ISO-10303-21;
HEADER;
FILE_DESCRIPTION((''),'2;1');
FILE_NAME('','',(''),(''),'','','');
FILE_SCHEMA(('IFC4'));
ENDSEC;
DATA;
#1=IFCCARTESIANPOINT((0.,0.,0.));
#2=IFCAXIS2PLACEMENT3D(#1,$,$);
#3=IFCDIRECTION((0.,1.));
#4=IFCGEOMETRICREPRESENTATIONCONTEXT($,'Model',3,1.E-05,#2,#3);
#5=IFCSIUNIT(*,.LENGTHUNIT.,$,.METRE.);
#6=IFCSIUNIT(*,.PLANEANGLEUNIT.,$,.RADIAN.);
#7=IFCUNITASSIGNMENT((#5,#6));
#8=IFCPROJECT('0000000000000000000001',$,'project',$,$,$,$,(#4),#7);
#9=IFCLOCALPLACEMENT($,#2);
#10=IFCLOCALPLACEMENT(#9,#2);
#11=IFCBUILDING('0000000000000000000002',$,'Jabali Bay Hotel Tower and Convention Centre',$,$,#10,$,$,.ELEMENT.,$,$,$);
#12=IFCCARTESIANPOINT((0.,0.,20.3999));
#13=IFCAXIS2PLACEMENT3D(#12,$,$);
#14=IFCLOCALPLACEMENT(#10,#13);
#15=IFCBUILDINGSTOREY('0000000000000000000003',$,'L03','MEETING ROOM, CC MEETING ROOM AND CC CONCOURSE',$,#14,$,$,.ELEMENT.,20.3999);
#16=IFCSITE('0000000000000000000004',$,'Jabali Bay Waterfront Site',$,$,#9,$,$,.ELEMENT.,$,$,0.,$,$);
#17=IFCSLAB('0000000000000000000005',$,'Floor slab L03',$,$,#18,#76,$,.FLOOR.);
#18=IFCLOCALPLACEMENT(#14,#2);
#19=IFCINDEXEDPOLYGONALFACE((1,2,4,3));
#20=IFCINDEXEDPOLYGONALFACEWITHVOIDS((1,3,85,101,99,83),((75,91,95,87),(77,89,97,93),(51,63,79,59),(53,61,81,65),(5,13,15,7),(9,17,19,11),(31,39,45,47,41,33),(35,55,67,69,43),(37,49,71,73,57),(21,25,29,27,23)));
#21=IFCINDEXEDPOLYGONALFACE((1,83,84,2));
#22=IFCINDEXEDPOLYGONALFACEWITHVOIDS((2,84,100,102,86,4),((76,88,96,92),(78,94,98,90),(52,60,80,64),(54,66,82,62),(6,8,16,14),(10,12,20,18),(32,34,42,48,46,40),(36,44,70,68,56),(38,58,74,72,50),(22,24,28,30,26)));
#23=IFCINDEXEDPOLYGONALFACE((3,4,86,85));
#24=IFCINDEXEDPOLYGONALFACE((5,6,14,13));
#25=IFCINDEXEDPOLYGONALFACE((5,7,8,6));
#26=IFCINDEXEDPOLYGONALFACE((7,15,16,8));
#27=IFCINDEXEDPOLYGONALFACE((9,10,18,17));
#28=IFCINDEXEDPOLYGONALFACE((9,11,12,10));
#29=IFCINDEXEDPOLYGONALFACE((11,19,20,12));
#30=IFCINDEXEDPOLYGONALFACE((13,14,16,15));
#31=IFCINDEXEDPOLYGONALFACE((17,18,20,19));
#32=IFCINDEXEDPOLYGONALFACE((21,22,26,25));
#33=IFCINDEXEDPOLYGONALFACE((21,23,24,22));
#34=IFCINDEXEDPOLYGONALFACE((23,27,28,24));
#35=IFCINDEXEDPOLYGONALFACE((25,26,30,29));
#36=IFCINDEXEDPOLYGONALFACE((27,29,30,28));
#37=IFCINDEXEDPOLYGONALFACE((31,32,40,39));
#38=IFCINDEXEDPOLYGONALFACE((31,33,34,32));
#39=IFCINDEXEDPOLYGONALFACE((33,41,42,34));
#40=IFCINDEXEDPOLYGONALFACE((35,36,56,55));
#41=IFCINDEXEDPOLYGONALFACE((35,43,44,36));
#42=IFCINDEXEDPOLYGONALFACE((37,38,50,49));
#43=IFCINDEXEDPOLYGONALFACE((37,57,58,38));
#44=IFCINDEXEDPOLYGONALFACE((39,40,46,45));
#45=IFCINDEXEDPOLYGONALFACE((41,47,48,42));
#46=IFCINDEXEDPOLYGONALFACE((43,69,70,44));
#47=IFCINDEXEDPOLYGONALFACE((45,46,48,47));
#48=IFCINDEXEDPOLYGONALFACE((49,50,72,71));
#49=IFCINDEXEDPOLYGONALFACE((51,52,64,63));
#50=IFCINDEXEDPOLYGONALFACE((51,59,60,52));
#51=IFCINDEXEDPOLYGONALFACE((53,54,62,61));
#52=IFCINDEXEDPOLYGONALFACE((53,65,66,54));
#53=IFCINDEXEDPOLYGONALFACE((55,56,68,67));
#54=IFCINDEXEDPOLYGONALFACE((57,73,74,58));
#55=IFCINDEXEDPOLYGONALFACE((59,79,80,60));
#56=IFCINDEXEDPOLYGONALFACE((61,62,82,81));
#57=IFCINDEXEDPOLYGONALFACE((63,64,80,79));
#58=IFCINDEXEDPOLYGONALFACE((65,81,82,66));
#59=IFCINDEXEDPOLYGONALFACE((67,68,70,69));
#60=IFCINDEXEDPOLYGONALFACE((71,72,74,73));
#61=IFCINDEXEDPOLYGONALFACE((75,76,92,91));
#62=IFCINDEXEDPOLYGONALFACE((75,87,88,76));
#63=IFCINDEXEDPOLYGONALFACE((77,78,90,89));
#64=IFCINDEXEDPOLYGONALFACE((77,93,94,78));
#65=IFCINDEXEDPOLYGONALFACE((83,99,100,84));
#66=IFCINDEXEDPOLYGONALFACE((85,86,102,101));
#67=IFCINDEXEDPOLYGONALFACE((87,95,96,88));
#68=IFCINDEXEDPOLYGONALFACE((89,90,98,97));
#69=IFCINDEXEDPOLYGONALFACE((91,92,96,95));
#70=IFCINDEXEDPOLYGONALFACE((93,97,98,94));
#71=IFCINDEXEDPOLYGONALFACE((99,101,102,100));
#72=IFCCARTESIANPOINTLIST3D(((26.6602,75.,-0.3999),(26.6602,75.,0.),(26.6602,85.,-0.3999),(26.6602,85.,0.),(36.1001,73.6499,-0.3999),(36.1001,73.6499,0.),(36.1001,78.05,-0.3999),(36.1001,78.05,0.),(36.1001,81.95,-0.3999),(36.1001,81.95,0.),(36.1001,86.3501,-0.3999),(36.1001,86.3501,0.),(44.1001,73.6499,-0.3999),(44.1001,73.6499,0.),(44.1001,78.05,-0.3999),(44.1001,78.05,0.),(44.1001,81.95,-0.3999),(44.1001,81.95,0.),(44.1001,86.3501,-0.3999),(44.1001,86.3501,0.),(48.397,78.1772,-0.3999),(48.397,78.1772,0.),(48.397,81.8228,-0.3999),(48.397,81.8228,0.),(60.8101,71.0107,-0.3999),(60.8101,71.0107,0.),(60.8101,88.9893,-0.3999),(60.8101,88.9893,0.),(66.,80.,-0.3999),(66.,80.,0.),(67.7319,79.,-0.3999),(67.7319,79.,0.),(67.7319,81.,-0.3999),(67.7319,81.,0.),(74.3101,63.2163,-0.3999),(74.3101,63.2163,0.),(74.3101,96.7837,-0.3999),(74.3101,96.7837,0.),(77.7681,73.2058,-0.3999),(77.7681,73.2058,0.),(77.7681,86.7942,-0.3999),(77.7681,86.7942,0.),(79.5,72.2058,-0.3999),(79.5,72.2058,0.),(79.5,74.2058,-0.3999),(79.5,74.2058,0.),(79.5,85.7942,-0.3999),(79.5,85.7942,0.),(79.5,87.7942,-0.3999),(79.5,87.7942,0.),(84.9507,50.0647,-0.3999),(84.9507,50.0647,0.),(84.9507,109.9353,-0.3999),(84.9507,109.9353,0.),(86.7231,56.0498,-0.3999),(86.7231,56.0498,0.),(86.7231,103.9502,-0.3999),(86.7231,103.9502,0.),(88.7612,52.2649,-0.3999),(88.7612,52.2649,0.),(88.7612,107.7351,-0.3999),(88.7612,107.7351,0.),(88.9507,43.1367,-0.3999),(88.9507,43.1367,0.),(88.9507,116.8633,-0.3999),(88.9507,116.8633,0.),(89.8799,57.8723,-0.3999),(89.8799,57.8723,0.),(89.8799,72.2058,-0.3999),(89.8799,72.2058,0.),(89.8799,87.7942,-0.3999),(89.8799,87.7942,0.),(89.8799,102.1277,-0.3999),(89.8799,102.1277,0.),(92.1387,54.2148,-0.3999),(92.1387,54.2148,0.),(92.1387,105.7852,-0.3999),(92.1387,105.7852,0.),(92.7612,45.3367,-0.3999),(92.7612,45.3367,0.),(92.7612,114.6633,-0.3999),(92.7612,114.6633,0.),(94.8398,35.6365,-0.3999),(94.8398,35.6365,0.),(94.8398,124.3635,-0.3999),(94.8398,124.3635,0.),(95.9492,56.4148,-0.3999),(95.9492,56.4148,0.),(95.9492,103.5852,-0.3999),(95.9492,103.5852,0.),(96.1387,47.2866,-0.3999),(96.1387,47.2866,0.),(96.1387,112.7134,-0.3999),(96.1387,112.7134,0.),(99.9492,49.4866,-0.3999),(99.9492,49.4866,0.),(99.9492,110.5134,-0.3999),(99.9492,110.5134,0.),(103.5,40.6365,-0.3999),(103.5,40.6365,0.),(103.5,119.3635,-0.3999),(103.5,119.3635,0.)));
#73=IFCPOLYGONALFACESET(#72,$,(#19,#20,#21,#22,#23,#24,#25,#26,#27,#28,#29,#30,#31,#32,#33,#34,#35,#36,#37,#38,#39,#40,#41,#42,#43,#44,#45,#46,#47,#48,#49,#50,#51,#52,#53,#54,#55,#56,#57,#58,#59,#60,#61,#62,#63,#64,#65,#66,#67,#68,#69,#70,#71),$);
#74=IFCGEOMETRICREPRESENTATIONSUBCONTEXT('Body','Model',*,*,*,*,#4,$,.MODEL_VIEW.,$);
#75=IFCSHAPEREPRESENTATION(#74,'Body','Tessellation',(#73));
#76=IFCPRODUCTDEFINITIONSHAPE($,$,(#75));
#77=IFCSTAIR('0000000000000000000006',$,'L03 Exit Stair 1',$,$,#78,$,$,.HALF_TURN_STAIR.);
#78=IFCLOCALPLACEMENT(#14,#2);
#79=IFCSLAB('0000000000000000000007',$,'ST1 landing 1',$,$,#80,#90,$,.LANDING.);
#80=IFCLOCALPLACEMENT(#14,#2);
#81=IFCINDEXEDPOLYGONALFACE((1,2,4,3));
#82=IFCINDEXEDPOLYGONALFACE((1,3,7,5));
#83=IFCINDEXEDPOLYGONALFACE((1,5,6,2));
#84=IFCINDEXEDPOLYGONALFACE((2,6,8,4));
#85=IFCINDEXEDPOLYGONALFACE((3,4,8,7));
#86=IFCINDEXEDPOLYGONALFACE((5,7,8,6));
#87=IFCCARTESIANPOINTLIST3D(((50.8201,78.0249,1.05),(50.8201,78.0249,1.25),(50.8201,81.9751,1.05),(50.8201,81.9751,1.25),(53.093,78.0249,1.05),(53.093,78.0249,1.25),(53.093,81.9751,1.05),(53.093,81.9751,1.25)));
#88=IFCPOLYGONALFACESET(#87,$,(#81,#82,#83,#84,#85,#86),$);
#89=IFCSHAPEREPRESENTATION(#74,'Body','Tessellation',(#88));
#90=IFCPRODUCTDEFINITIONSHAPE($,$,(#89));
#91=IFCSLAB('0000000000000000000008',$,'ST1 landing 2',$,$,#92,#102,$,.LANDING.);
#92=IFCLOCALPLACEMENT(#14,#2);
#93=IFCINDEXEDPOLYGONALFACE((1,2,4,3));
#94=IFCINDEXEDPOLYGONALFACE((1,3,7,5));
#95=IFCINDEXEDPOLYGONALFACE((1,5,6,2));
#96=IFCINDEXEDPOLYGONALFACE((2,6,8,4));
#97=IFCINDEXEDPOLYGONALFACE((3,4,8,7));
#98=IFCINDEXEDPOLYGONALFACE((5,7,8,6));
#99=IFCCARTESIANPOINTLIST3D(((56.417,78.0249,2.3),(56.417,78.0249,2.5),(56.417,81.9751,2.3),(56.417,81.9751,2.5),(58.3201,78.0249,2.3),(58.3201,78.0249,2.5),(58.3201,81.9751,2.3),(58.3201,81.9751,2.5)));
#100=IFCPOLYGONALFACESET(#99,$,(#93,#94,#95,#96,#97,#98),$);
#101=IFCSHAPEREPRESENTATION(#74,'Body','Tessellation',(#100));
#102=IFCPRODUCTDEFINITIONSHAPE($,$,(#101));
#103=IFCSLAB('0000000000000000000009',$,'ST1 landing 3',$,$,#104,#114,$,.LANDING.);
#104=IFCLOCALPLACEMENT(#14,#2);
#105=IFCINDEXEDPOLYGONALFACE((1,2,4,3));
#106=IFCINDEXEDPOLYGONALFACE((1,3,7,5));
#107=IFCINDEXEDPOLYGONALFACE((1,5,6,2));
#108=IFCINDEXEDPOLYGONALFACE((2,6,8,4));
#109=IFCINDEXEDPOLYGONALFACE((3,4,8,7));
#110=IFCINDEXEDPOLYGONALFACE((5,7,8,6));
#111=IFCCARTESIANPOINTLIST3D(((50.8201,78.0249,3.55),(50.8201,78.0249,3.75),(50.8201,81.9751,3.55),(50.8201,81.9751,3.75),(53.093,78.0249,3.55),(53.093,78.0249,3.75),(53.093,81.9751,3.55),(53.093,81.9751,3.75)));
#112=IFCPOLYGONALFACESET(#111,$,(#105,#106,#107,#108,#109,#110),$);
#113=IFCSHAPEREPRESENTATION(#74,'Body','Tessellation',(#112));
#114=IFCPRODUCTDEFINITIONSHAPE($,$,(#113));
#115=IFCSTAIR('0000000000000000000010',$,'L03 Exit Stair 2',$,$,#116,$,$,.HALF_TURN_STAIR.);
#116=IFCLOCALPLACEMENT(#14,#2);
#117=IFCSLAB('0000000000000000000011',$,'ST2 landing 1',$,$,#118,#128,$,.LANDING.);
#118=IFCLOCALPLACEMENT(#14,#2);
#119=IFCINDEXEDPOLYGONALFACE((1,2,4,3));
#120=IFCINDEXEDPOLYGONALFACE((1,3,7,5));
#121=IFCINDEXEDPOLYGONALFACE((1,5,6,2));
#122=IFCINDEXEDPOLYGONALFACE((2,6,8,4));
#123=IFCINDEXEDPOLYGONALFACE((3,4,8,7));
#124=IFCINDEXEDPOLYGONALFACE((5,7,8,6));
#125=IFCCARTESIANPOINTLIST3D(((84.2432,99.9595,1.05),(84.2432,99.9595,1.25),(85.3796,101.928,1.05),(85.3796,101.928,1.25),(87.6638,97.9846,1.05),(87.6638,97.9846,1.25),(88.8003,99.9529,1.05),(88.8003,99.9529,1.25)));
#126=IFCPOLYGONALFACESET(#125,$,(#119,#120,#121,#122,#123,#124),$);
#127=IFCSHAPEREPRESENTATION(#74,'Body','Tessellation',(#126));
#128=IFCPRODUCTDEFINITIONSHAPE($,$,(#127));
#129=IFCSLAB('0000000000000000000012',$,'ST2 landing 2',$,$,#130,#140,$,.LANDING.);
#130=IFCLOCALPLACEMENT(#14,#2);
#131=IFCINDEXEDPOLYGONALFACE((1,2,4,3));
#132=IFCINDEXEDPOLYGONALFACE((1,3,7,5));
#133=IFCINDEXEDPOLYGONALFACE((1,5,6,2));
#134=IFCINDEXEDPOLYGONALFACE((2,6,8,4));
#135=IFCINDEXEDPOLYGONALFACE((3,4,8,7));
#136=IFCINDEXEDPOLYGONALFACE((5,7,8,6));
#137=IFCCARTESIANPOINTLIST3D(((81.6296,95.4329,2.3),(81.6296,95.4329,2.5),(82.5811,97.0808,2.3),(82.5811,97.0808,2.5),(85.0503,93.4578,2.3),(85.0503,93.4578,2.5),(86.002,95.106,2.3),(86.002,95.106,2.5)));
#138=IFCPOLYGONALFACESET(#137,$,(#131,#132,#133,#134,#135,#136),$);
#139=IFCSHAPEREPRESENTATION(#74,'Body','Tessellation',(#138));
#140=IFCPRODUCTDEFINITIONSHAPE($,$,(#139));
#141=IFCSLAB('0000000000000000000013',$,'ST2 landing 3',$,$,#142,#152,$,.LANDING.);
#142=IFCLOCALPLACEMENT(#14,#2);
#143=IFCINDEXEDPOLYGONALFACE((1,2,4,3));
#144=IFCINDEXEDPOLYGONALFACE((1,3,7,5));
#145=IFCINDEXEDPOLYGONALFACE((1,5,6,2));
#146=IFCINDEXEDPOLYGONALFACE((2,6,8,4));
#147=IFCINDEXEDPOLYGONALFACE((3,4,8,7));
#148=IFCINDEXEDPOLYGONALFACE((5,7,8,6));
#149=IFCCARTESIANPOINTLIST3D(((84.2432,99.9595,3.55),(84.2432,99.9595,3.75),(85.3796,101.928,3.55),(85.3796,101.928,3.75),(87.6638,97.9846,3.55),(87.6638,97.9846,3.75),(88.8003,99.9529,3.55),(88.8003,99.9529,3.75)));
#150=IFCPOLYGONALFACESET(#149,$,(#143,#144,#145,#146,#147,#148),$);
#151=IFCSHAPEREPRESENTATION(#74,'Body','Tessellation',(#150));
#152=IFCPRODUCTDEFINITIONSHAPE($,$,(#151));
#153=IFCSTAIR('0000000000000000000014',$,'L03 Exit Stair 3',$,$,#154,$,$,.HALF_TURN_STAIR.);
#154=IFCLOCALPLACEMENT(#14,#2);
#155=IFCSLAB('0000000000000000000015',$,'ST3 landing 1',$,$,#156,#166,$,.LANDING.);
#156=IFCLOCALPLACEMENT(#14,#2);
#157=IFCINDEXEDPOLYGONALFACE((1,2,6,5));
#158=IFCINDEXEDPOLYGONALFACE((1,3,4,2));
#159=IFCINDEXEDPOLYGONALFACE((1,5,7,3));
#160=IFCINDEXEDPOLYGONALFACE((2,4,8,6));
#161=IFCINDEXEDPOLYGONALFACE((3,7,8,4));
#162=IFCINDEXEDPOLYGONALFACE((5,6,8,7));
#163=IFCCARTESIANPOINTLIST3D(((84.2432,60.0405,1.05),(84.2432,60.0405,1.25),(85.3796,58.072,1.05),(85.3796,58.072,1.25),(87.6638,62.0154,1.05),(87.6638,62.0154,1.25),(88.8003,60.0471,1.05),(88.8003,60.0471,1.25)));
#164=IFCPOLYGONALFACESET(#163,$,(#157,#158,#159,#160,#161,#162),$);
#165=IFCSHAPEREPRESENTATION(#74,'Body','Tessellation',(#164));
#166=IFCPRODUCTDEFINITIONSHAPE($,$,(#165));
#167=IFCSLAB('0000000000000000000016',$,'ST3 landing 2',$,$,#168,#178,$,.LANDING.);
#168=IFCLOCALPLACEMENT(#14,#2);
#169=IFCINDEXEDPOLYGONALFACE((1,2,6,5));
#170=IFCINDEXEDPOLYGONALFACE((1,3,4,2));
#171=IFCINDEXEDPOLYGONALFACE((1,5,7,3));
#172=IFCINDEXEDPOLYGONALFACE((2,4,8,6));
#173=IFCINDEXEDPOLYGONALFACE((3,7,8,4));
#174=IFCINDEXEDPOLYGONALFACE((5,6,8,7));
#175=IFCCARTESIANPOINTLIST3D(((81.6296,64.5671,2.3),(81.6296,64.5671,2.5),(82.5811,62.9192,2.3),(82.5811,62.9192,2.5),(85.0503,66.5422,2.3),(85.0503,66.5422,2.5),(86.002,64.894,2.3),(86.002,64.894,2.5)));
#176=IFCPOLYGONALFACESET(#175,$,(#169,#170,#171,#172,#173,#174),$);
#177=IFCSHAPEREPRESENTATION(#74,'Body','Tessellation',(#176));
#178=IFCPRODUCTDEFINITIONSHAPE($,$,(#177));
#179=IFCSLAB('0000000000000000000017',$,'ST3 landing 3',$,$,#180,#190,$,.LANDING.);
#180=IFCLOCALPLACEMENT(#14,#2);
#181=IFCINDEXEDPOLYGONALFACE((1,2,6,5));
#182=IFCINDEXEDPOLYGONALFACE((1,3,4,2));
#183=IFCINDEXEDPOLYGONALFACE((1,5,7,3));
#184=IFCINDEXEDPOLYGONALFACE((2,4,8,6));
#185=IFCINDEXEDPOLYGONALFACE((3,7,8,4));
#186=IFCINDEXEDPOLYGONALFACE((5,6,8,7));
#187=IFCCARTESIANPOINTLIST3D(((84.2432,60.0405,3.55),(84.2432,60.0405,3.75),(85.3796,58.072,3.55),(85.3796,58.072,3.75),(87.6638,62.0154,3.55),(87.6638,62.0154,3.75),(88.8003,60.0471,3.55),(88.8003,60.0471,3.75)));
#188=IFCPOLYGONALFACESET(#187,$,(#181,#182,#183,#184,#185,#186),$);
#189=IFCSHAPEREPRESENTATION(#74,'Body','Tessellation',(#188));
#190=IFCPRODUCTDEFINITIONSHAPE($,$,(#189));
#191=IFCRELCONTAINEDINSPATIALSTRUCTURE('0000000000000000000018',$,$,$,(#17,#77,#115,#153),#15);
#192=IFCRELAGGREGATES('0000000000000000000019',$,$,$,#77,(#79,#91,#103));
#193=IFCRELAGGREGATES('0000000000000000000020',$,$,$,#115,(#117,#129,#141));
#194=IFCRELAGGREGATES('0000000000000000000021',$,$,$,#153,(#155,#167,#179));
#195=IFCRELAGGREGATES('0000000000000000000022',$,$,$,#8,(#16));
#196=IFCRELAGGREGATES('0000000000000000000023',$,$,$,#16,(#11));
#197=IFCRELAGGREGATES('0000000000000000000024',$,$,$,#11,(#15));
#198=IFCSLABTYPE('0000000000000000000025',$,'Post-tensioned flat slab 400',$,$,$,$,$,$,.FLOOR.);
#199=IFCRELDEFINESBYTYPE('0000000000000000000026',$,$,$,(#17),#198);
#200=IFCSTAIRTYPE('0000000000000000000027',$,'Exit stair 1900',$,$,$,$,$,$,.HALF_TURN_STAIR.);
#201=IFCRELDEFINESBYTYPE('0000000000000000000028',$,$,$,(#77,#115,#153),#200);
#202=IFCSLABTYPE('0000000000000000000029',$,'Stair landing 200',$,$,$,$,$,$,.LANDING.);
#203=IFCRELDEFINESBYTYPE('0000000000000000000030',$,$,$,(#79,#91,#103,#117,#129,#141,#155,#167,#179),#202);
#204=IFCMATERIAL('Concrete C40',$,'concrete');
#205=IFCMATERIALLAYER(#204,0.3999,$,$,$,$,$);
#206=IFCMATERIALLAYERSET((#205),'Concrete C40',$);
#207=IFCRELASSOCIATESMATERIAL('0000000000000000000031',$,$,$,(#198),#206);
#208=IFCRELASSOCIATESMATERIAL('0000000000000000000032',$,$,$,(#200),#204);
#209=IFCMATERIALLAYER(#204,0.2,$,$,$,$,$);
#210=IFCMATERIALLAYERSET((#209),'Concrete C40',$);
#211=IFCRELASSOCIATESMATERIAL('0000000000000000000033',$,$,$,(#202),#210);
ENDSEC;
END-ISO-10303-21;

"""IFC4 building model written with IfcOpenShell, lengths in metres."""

from ifc_helpers import new_model, si_unit, direction, frame, origin, place, context, subcontext, project, spatial, polyline, outline, extrude, material, layer, layer_set, type_object, element, aggregate, save


model = new_model("IFC4")

# Units and contexts
model_context = context("Model", 3, precision=1e-05, world=origin(), true_north=direction((0.0, 1.0)))
body_context = subcontext(model_context, "Body", "Model", "MODEL_VIEW")
ifc_project = project(units=[si_unit("LENGTHUNIT", "METRE"), si_unit("PLANEANGLEUNIT", "RADIAN")], contexts=[model_context])

# Site, building, storey
site_placement = place(None, origin())
site = spatial("IfcSite", under=ifc_project, at=site_placement, Name="Jabali Bay Waterfront Site", CompositionType="ELEMENT", RefElevation=0.0)
building_placement = place(site_placement, origin())
building = spatial("IfcBuilding", under=site, at=building_placement, Name="Jabali Bay Hotel Tower and Convention Centre", CompositionType="ELEMENT")
storey_placement = place(building_placement, frame((0.0, 0.0, 20.3999)))
storey = spatial("IfcBuildingStorey", under=building, at=storey_placement, Name="L03", Description="MEETING ROOM, CC MEETING ROOM AND CC CONCOURSE", CompositionType="ELEMENT", Elevation=20.3999)

# Slab
ifc_material = material(Name="Concrete C40", Category="concrete")
ifc_layer_1 = layer(ifc_material, 0.3999)
ifc_layer_set_1 = layer_set([ifc_layer_1], Name="Concrete C40")
slab_type_1 = type_object("IfcSlabType", Name="Post-tensioned flat slab 400", PredefinedType="FLOOR", material=ifc_layer_set_1)
slab_1_placement = place(storey_placement, frame((0.0, 0.0, -0.3999)))
element("IfcSlab", 1, at=slab_1_placement, inside=storey, type_object=slab_type_1, Name="Floor slab L03", PredefinedType="FLOOR", context=body_context, shape_type="SweptSolid", body=[
    extrude(outline(polyline([(94.8398, 124.3635), (103.5, 119.3635), (103.5, 40.6365), (94.8398, 35.6365), (26.6602, 75.0), (26.6602, 85.0), (94.8398, 124.3635)]), holes=[polyline([(67.7319, 79.0), (77.7681, 73.2058), (79.5, 74.2058), (79.5, 85.7942), (77.7681, 86.7942), (67.7319, 81.0), (67.7319, 79.0)]), polyline([(60.8101, 71.0107), (66.0, 80.0), (60.8101, 88.9893), (48.397, 81.8228), (48.397, 78.1772), (60.8101, 71.0107)]), polyline([(86.7231, 103.9502), (74.3101, 96.7837), (79.5, 87.7942), (89.8799, 87.7942), (89.8799, 102.1277), (86.7231, 103.9502)]), polyline([(86.7231, 56.0498), (89.8799, 57.8723), (89.8799, 72.2058), (79.5, 72.2058), (74.3101, 63.2163), (86.7231, 56.0498)]), polyline([(44.1001, 73.6499), (44.1001, 78.05), (36.1001, 78.05), (36.1001, 73.6499), (44.1001, 73.6499)]), polyline([(36.1001, 81.95), (44.1001, 81.95), (44.1001, 86.3501), (36.1001, 86.3501), (36.1001, 81.95)]), polyline([(92.7612, 114.6633), (88.9507, 116.8633), (84.9507, 109.9353), (88.7612, 107.7351), (92.7612, 114.6633)]), polyline([(95.9492, 103.5852), (99.9492, 110.5134), (96.1387, 112.7134), (92.1387, 105.7852), (95.9492, 103.5852)]), polyline([(95.9492, 56.4148), (92.1387, 54.2148), (96.1387, 47.2866), (99.9492, 49.4866), (95.9492, 56.4148)]), polyline([(92.7612, 45.3367), (88.7612, 52.2649), (84.9507, 50.0647), (88.9507, 43.1367), (92.7612, 45.3367)])]), origin(), (0.0, 0.0, 1.0), 0.3999),
])

# Stairs, slabs
stair_type_1 = type_object("IfcStairType", Name="Exit stair 1900", PredefinedType="HALF_TURN_STAIR", material=ifc_material)
stair_1_placement = place(storey_placement, origin())
stair_1 = element("IfcStair", 2, at=stair_1_placement, inside=storey, type_object=stair_type_1, Name="L03 Exit Stair 1", PredefinedType="HALF_TURN_STAIR")
ifc_layer_2 = layer(ifc_material, 0.2)
ifc_layer_set_2 = layer_set([ifc_layer_2], Name="Concrete C40")
slab_type_2 = type_object("IfcSlabType", Name="Stair landing 200", PredefinedType="LANDING", material=ifc_layer_set_2)
slab_2_placement = place(storey_placement, frame((0.0, 0.0, 1.05)))
slab_2 = element("IfcSlab", 3, at=slab_2_placement, type_object=slab_type_2, Name="ST1 landing 1", PredefinedType="LANDING", context=body_context, shape_type="SweptSolid", body=[
    extrude(outline(polyline([(53.093, 81.9751), (50.8201, 81.9751), (50.8201, 78.0249), (53.093, 78.0249), (53.093, 81.9751)])), origin(), (0.0, 0.0, 1.0), 0.2),
])
slab_3_placement = place(storey_placement, frame((0.0, 0.0, 2.3)))
slab_3 = element("IfcSlab", 4, at=slab_3_placement, type_object=slab_type_2, Name="ST1 landing 2", PredefinedType="LANDING", context=body_context, shape_type="SweptSolid", body=[
    extrude(outline(polyline([(58.3201, 81.9751), (56.417, 81.9751), (56.417, 78.0249), (58.3201, 78.0249), (58.3201, 81.9751)])), origin(), (0.0, 0.0, 1.0), 0.2),
])
slab_4_placement = place(storey_placement, frame((0.0, 0.0, 3.55)))
slab_4 = element("IfcSlab", 5, at=slab_4_placement, type_object=slab_type_2, Name="ST1 landing 3", PredefinedType="LANDING", context=body_context, shape_type="SweptSolid", body=[
    extrude(outline(polyline([(53.093, 81.9751), (50.8201, 81.9751), (50.8201, 78.0249), (53.093, 78.0249), (53.093, 81.9751)])), origin(), (0.0, 0.0, 1.0), 0.2),
])
aggregate(stair_1, [slab_2, slab_3, slab_4])
stair_2_placement = place(storey_placement, origin())
stair_2 = element("IfcStair", 6, at=stair_2_placement, inside=storey, type_object=stair_type_1, Name="L03 Exit Stair 2", PredefinedType="HALF_TURN_STAIR")
slab_5_placement = place(storey_placement, frame((0.0, 0.0, 1.05)))
slab_5 = element("IfcSlab", 7, at=slab_5_placement, type_object=slab_type_2, Name="ST2 landing 1", PredefinedType="LANDING", context=body_context, shape_type="SweptSolid", body=[
    extrude(outline(polyline([(87.6638, 97.9846), (88.8003, 99.9529), (85.3796, 101.928), (84.2432, 99.9595), (87.6638, 97.9846)])), origin(), (0.0, 0.0, 1.0), 0.2),
])
slab_6_placement = place(storey_placement, frame((0.0, 0.0, 2.3)))
slab_6 = element("IfcSlab", 8, at=slab_6_placement, type_object=slab_type_2, Name="ST2 landing 2", PredefinedType="LANDING", context=body_context, shape_type="SweptSolid", body=[
    extrude(outline(polyline([(85.0503, 93.4578), (86.002, 95.106), (82.5811, 97.0808), (81.6296, 95.4329), (85.0503, 93.4578)])), origin(), (0.0, 0.0, 1.0), 0.2),
])
slab_7_placement = place(storey_placement, frame((0.0, 0.0, 3.55)))
slab_7 = element("IfcSlab", 9, at=slab_7_placement, type_object=slab_type_2, Name="ST2 landing 3", PredefinedType="LANDING", context=body_context, shape_type="SweptSolid", body=[
    extrude(outline(polyline([(87.6638, 97.9846), (88.8003, 99.9529), (85.3796, 101.928), (84.2432, 99.9595), (87.6638, 97.9846)])), origin(), (0.0, 0.0, 1.0), 0.2),
])
aggregate(stair_2, [slab_5, slab_6, slab_7])
stair_3_placement = place(storey_placement, origin())
stair_3 = element("IfcStair", 10, at=stair_3_placement, inside=storey, type_object=stair_type_1, Name="L03 Exit Stair 3", PredefinedType="HALF_TURN_STAIR")
slab_8_placement = place(storey_placement, frame((0.0, 0.0, 1.05)))
slab_8 = element("IfcSlab", 11, at=slab_8_placement, type_object=slab_type_2, Name="ST3 landing 1", PredefinedType="LANDING", context=body_context, shape_type="SweptSolid", body=[
    extrude(outline(polyline([(84.2432, 60.0405), (85.3796, 58.072), (88.8003, 60.0471), (87.6638, 62.0154), (84.2432, 60.0405)])), origin(), (0.0, 0.0, 1.0), 0.2),
])
slab_9_placement = place(storey_placement, frame((0.0, 0.0, 2.3)))
slab_9 = element("IfcSlab", 12, at=slab_9_placement, type_object=slab_type_2, Name="ST3 landing 2", PredefinedType="LANDING", context=body_context, shape_type="SweptSolid", body=[
    extrude(outline(polyline([(81.6296, 64.5671), (82.5811, 62.9192), (86.002, 64.894), (85.0503, 66.5422), (81.6296, 64.5671)])), origin(), (0.0, 0.0, 1.0), 0.2),
])
slab_10_placement = place(storey_placement, frame((0.0, 0.0, 3.55)))
slab_10 = element("IfcSlab", 13, at=slab_10_placement, type_object=slab_type_2, Name="ST3 landing 3", PredefinedType="LANDING", context=body_context, shape_type="SweptSolid", body=[
    extrude(outline(polyline([(84.2432, 60.0405), (85.3796, 58.072), (88.8003, 60.0471), (87.6638, 62.0154), (84.2432, 60.0405)])), origin(), (0.0, 0.0, 1.0), 0.2),
])
aggregate(stair_3, [slab_8, slab_9, slab_10])

save(model, "model.ifc")
